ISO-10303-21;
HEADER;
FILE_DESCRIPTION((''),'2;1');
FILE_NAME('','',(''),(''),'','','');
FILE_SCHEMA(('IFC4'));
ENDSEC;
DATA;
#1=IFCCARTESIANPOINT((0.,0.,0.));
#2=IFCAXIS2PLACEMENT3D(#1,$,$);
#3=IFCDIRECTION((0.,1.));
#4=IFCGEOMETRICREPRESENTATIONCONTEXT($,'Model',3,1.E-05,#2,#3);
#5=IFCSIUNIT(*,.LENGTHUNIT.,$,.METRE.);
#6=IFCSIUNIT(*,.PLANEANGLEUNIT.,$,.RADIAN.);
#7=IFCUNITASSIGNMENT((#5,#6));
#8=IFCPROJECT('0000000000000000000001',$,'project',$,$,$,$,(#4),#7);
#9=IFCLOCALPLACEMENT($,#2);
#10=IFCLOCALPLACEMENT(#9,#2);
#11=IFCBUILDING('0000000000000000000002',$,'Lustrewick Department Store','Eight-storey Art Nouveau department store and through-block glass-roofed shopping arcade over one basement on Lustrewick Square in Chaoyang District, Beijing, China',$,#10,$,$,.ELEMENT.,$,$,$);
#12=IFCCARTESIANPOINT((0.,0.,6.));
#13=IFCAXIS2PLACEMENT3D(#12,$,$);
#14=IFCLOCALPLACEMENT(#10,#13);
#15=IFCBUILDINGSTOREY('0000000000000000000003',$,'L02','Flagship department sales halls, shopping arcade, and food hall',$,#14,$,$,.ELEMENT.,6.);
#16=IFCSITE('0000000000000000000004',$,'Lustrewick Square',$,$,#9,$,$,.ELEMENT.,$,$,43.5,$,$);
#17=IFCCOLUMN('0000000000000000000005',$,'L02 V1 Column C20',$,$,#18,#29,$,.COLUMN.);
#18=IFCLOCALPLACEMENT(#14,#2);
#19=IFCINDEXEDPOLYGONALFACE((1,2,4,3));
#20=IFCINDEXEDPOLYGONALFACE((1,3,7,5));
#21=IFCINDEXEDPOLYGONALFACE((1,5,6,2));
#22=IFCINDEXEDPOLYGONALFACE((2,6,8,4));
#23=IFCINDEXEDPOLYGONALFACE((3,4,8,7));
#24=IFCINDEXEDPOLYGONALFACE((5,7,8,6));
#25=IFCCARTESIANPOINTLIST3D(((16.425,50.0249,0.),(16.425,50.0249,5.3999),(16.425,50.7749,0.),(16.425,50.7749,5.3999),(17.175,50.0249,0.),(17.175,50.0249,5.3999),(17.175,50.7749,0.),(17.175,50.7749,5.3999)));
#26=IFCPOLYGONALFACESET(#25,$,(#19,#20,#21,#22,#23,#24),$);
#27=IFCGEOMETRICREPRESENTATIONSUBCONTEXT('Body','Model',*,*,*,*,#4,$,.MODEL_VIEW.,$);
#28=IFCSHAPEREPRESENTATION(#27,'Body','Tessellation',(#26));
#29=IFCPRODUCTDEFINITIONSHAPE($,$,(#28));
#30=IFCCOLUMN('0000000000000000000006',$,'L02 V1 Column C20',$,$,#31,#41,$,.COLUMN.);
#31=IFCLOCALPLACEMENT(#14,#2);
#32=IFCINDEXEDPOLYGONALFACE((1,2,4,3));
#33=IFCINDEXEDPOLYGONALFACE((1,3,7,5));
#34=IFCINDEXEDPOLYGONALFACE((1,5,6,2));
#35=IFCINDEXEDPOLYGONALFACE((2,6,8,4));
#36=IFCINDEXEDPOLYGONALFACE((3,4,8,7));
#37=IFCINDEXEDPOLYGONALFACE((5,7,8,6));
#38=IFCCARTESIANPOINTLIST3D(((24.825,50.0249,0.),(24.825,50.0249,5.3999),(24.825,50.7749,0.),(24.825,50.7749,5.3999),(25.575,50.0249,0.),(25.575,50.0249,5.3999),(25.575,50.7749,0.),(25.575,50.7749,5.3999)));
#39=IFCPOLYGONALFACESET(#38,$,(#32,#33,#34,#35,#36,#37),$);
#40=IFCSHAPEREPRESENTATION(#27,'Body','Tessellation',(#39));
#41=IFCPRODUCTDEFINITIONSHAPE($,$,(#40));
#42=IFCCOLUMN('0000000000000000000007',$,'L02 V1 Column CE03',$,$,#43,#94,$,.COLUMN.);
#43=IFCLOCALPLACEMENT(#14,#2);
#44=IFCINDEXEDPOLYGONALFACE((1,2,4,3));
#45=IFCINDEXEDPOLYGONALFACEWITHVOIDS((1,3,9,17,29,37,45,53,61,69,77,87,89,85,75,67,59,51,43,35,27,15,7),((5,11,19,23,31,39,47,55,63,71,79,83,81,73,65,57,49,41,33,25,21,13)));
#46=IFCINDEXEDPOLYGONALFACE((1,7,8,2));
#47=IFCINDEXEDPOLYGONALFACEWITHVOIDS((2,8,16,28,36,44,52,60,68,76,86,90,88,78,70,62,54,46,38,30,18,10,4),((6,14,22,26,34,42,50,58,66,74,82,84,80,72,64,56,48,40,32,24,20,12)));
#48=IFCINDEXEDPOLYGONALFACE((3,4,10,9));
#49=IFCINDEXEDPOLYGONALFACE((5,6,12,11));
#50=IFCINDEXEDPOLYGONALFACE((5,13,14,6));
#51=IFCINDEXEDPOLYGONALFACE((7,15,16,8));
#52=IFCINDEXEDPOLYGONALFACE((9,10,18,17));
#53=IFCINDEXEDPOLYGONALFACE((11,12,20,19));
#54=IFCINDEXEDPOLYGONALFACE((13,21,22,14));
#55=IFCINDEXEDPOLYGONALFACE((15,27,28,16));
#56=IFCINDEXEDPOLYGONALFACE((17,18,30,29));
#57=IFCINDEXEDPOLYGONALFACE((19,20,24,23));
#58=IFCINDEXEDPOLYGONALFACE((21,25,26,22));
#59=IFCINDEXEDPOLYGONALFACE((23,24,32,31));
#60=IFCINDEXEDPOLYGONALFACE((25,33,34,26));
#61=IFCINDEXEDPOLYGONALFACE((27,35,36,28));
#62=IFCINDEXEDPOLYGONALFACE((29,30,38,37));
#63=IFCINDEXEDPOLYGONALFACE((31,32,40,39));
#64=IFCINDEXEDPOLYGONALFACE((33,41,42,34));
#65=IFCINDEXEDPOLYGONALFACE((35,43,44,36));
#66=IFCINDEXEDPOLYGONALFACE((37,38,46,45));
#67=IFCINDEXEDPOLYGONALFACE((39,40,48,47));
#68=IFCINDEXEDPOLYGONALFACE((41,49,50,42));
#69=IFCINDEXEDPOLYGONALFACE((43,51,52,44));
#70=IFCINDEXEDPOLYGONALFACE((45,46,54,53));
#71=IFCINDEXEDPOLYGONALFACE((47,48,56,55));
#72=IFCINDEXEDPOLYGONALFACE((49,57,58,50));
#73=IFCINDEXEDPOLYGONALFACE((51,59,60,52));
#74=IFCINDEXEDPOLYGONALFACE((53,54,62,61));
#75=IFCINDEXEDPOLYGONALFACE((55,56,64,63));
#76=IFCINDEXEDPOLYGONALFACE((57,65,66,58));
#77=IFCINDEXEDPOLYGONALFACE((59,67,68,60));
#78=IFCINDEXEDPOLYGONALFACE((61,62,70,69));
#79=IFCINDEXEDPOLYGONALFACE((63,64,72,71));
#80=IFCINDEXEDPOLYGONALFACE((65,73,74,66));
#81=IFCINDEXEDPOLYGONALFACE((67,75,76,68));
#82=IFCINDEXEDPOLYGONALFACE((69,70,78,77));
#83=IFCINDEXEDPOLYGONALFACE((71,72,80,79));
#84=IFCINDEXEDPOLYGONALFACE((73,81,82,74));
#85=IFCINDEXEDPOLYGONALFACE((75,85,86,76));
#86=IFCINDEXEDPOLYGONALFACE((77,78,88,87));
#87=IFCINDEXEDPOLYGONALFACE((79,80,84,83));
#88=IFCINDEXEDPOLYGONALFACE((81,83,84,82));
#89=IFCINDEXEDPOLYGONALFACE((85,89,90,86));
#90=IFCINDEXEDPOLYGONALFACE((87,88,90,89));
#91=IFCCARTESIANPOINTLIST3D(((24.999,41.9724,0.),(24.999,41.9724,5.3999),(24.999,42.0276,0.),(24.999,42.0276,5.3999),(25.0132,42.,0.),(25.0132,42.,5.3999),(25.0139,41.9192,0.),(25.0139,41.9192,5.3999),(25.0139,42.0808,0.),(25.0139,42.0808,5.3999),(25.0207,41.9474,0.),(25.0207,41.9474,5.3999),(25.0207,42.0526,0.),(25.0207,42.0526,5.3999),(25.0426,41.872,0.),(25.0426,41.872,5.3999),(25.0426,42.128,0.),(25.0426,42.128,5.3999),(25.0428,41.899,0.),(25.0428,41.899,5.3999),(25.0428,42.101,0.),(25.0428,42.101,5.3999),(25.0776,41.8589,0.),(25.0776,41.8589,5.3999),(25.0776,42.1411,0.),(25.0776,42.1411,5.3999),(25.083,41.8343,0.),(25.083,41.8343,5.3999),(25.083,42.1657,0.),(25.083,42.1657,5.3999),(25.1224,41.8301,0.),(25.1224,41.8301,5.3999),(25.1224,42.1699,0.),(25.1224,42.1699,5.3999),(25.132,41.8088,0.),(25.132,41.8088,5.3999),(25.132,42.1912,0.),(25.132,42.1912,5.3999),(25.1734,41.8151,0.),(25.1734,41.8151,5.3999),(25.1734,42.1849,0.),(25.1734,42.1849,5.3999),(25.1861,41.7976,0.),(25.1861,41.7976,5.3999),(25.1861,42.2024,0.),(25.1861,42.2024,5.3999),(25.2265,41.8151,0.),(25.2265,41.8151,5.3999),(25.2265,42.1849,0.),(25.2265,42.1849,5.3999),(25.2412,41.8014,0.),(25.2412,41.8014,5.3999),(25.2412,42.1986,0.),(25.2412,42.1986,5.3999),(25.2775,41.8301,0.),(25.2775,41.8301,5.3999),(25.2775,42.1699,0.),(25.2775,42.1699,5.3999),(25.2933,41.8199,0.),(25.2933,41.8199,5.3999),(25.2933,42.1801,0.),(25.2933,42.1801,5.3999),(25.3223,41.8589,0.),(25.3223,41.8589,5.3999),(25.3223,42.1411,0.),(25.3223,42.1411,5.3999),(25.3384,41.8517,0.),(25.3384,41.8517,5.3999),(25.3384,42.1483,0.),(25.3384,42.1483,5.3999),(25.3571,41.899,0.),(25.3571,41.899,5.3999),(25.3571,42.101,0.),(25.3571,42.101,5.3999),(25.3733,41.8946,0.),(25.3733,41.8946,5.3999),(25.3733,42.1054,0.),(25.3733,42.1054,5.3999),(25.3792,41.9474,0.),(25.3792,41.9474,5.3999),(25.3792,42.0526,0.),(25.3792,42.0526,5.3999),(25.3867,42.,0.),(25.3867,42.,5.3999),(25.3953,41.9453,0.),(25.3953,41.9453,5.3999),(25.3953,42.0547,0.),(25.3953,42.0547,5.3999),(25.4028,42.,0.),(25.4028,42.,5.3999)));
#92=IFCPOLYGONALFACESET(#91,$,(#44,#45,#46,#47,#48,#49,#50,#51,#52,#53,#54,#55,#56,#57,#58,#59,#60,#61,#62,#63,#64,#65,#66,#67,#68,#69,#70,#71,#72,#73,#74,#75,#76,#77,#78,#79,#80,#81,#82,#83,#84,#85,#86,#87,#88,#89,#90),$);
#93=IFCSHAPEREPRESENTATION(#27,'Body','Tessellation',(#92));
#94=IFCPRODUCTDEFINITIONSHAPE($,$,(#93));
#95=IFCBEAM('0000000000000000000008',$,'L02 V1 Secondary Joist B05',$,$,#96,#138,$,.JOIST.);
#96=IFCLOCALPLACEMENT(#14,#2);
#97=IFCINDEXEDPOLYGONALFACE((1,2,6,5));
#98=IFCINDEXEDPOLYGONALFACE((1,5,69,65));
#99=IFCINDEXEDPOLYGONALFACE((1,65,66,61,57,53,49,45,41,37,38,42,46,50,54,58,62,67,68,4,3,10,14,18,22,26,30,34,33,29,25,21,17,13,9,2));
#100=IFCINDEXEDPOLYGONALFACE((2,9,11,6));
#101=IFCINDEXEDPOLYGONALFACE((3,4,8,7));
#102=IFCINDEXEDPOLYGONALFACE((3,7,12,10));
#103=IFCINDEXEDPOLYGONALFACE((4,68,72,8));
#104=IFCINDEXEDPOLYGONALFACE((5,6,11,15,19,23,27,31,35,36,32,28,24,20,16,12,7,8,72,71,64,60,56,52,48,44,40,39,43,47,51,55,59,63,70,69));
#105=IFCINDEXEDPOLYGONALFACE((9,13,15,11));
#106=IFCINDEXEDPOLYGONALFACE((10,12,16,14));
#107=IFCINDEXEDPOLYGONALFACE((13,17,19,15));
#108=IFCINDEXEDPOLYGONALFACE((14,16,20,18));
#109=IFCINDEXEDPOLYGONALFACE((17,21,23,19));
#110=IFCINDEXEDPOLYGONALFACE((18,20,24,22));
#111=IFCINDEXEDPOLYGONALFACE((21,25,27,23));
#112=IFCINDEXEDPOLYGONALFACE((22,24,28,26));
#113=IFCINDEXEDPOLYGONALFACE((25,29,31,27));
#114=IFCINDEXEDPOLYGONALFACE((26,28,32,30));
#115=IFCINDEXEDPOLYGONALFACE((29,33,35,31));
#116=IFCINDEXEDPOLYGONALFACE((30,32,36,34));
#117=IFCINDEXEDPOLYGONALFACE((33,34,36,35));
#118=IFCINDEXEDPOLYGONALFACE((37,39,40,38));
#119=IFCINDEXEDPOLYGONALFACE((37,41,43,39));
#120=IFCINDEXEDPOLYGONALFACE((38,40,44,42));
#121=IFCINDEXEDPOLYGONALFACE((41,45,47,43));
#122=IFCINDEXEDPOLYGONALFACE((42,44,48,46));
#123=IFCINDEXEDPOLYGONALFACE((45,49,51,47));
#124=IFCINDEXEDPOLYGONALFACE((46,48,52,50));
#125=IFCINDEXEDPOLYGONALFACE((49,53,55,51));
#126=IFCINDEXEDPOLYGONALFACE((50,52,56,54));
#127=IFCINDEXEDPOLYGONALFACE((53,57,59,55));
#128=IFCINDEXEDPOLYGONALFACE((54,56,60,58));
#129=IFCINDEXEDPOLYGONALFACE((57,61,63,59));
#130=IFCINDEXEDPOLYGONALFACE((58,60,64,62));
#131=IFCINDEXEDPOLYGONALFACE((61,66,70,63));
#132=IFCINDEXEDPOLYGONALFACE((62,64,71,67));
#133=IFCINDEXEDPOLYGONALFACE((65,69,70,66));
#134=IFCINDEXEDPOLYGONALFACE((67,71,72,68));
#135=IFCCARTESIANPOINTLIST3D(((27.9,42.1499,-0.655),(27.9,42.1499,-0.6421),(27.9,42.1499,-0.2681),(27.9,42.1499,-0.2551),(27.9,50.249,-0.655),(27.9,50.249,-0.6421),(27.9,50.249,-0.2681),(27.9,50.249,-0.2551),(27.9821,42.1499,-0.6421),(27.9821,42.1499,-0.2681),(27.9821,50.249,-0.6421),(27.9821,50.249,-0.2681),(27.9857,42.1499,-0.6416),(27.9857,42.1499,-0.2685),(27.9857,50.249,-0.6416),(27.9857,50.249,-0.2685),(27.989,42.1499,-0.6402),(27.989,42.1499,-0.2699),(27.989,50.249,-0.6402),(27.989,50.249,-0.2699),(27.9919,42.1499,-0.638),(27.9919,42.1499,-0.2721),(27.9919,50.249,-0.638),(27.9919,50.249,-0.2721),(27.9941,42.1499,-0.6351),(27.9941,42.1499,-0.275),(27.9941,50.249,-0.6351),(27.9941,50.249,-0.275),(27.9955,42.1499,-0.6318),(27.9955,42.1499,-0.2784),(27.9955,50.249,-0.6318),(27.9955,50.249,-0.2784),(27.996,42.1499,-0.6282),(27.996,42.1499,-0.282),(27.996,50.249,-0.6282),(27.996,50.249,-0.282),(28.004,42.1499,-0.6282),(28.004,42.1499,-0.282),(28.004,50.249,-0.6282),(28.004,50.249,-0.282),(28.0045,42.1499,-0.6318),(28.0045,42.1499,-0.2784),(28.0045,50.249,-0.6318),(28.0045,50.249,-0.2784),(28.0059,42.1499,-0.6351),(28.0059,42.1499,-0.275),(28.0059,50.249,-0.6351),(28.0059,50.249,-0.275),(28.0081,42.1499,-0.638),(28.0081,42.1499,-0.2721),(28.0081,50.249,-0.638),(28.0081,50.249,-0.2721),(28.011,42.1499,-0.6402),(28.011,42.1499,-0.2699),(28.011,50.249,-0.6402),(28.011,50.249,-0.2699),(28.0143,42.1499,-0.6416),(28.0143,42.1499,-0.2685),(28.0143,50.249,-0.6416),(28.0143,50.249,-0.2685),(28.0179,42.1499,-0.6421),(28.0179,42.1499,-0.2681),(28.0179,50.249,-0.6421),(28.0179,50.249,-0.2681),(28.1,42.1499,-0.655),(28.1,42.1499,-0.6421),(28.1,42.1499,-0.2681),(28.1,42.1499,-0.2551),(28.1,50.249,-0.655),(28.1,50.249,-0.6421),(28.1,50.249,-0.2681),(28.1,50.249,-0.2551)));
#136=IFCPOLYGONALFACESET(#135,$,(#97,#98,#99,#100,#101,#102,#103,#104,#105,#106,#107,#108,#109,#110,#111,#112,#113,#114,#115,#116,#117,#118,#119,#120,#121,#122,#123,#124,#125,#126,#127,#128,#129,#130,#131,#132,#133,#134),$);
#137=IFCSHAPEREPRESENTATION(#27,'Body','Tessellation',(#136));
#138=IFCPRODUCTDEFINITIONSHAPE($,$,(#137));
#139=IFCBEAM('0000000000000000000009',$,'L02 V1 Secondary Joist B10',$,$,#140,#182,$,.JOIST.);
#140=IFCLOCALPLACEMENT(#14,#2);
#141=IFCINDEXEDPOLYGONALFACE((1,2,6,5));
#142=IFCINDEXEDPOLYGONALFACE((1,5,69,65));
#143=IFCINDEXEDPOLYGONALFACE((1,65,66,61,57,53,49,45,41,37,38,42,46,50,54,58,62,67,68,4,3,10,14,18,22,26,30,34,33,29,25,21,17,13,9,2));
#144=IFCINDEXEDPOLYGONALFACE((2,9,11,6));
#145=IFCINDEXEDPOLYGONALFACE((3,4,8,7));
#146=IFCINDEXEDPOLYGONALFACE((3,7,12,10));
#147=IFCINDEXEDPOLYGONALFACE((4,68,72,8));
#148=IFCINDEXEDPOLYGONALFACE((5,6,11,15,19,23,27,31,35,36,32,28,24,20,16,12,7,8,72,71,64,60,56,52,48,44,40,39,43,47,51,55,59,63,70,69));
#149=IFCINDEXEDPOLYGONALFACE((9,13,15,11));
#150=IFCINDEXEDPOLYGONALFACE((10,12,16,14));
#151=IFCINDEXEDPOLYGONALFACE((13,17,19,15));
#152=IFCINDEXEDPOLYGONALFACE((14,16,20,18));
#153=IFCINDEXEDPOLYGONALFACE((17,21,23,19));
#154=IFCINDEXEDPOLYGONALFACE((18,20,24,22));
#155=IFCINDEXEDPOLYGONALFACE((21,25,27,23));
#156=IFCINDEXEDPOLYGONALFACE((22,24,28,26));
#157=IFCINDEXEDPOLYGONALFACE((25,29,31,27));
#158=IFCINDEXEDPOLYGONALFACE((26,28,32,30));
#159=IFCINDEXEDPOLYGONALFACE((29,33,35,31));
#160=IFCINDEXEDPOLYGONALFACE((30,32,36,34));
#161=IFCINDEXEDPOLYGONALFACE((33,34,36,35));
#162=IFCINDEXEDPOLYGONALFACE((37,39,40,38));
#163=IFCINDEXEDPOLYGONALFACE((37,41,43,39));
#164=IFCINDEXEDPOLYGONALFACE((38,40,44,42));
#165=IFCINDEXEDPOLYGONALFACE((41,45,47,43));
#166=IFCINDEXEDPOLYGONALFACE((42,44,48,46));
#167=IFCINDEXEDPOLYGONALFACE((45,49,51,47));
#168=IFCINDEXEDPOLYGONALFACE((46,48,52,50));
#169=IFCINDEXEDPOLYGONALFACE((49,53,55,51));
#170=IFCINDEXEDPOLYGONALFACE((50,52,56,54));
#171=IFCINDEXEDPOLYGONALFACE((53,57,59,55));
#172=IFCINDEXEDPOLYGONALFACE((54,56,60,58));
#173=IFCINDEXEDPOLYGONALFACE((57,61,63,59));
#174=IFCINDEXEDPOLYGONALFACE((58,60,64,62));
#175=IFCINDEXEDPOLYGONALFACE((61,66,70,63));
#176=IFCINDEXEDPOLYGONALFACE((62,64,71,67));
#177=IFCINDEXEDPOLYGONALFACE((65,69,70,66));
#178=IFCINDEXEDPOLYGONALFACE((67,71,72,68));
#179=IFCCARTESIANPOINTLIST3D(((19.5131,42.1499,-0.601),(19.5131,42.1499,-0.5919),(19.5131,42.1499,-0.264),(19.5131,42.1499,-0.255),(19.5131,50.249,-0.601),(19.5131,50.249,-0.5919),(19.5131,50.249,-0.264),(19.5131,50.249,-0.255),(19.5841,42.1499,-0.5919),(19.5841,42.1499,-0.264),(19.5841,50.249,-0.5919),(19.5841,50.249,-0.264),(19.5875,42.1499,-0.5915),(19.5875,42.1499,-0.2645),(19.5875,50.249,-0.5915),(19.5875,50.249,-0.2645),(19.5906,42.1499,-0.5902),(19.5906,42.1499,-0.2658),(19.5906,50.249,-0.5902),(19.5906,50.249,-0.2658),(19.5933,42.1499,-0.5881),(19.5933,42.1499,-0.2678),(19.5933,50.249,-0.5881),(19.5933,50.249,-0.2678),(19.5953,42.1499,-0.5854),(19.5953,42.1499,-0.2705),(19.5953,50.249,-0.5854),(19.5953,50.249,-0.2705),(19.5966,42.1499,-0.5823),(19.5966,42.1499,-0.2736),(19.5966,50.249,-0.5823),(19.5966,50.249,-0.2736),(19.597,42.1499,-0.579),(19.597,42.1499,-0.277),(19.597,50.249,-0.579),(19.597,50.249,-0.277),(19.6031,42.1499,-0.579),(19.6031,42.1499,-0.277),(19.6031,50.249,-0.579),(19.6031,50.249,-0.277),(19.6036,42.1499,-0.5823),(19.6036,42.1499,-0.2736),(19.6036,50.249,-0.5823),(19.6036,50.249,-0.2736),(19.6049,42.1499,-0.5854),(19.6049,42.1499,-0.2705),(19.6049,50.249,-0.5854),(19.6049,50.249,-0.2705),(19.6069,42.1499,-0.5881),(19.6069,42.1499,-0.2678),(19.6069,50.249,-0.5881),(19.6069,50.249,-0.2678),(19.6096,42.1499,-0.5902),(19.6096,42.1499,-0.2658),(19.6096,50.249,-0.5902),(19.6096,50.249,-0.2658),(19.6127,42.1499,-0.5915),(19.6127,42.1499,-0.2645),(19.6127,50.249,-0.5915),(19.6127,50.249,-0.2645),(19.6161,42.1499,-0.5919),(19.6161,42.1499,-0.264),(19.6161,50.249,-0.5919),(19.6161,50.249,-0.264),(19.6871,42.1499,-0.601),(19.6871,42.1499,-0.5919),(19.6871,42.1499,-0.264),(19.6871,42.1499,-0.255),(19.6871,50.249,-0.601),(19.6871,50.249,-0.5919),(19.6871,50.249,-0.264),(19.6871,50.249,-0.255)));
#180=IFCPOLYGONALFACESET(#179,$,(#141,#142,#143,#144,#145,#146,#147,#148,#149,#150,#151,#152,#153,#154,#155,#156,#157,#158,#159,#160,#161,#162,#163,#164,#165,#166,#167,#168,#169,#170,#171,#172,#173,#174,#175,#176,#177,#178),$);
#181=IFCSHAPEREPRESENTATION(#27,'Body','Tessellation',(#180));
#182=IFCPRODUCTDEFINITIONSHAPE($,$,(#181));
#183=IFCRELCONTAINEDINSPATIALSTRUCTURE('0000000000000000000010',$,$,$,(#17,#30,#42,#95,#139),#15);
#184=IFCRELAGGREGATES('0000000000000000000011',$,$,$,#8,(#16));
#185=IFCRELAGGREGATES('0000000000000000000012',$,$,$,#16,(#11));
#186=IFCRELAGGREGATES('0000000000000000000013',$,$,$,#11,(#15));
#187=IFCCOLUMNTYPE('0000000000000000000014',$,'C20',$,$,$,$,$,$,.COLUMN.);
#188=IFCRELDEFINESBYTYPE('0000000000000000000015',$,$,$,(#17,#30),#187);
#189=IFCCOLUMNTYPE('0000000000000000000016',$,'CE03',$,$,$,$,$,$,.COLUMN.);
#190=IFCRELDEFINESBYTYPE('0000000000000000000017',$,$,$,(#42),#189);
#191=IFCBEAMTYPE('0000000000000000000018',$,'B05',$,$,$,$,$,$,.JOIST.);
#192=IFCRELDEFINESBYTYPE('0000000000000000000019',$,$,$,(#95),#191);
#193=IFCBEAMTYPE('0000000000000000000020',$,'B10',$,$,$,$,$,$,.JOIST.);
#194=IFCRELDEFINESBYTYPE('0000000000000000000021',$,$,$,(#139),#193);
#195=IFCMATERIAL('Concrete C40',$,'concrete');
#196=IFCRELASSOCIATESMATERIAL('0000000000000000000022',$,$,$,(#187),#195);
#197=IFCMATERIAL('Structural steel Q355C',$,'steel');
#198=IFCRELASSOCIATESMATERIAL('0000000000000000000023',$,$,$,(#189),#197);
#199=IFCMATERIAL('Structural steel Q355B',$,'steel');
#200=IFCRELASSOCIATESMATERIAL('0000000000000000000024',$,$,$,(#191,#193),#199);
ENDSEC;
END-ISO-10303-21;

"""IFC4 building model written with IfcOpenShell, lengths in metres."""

from ifc_helpers import new_model, si_unit, direction, frame, origin, origin_2d, place, context, subcontext, project, spatial, rectangle, hollow_circle, i_section, extrude, material, material_profile, profile_set, type_object, element, save


model = new_model("IFC4")

# Units and contexts
model_context = context("Model", 3, precision=1e-05, world=origin(), true_north=direction((0.0, 1.0)))
body_context = subcontext(model_context, "Body", "Model", "MODEL_VIEW")
ifc_project = project(units=[si_unit("LENGTHUNIT", "METRE"), si_unit("PLANEANGLEUNIT", "RADIAN")], contexts=[model_context])

# Site, building, storey
site_placement = place(None, origin())
site = spatial("IfcSite", under=ifc_project, at=site_placement, Name="Lustrewick Square", CompositionType="ELEMENT", RefElevation=43.5)
building_placement = place(site_placement, origin())
building = spatial("IfcBuilding", under=site, at=building_placement, Name="Lustrewick Department Store", Description="Eight-storey Art Nouveau department store and through-block glass-roofed shopping arcade over one basement on Lustrewick Square in Chaoyang District, Beijing, China", CompositionType="ELEMENT")
storey_placement = place(building_placement, frame((0.0, 0.0, 6.0)))
storey = spatial("IfcBuildingStorey", under=building, at=storey_placement, Name="L02", Description="Flagship department sales halls, shopping arcade, and food hall", CompositionType="ELEMENT", Elevation=6.0)

# Columns
ifc_material_1 = material(Name="Concrete C40", Category="concrete")
ifc_material_profile_1 = material_profile(ifc_material_1, rectangle(XDim=0.75, YDim=0.75, at=origin_2d()), Name="RC 750x750")
ifc_profile_set_1 = profile_set([ifc_material_profile_1], Name="Concrete C40")
column_type_1 = type_object("IfcColumnType", Name="C20", PredefinedType="COLUMN", material=ifc_profile_set_1)
for number, where, z_axis, x_axis, name in (
    (1, (16.8, 50.3999, 0.0), (0.0, 0.0, 1.0), (1.0, 0.0, 0.0), "L02 V1 Column C20"),
    (2, (25.2, 50.3999, 0.0), (0.0, 0.0, 1.0), (1.0, 0.0, 0.0), "L02 V1 Column C20"),
):
    element("IfcColumn", number, at=place(storey_placement, frame(where, z_axis=z_axis, x_axis=x_axis)), inside=storey, type_object=column_type_1, Name=name, PredefinedType="COLUMN", context=body_context, shape_type="SweptSolid", body=[
        extrude(rectangle(XDim=0.75, YDim=0.75, at=origin_2d()), origin(), (0.0, 0.0, 1.0), 5.3999),
    ])
ifc_material_2 = material(Name="Structural steel Q355C", Category="steel")
ifc_material_profile_2 = material_profile(ifc_material_2, hollow_circle(Radius=0.2029, WallThickness=0.0161, at=origin_2d()), Name="CHS 406x16")
ifc_profile_set_2 = profile_set([ifc_material_profile_2], Name="Structural steel Q355C")
column_type_2 = type_object("IfcColumnType", Name="CE03", PredefinedType="COLUMN", material=ifc_profile_set_2)
column_placement = place(storey_placement, frame((25.2, 42.0, 0.0), z_axis=(0.0, 0.0, 1.0), x_axis=(1.0, 0.0, 0.0)))
element("IfcColumn", 3, at=column_placement, inside=storey, type_object=column_type_2, Name="L02 V1 Column CE03", PredefinedType="COLUMN", context=body_context, shape_type="SweptSolid", body=[
    extrude(hollow_circle(Radius=0.2029, WallThickness=0.0161, at=origin_2d()), origin(), (0.0, 0.0, 1.0), 5.3999),
])

# Beams
ifc_material_3 = material(Name="Structural steel Q355B", Category="steel")
ifc_material_profile_3 = material_profile(ifc_material_3, i_section(OverallWidth=0.2, OverallDepth=0.3999, WebThickness=0.0081, FlangeThickness=0.0129, FilletRadius=0.0139, at=origin_2d()), Name="HN 400x200x8x13")
ifc_profile_set_3 = profile_set([ifc_material_profile_3], Name="Structural steel Q355B")
beam_type_1 = type_object("IfcBeamType", Name="B05", PredefinedType="JOIST", material=ifc_profile_set_3)
beam_1_placement = place(storey_placement, frame((28.0, 42.1499, -0.4551), z_axis=(0.0, 1.0, 0.0), x_axis=(-1.0, 0.0, 0.0)))
element("IfcBeam", 4, at=beam_1_placement, inside=storey, type_object=beam_type_1, Name="L02 V1 Secondary Joist B05", PredefinedType="JOIST", context=body_context, shape_type="SweptSolid", body=[
    extrude(i_section(OverallWidth=0.2, OverallDepth=0.3999, WebThickness=0.0081, FlangeThickness=0.0129, FilletRadius=0.0139, at=origin_2d()), origin(), (0.0, 0.0, 1.0), 8.0991),
])
ifc_material_profile_4 = material_profile(ifc_material_3, i_section(OverallWidth=0.1741, OverallDepth=0.3459, WebThickness=0.0061, FlangeThickness=0.009, FilletRadius=0.0129, at=origin_2d()), Name="HN 346x174x6x9")
ifc_profile_set_4 = profile_set([ifc_material_profile_4], Name="Structural steel Q355B")
beam_type_2 = type_object("IfcBeamType", Name="B10", PredefinedType="JOIST", material=ifc_profile_set_4)
beam_2_placement = place(storey_placement, frame((19.6001, 42.1499, -0.428), z_axis=(0.0, 1.0, 0.0), x_axis=(-1.0, 0.0, 0.0)))
element("IfcBeam", 5, at=beam_2_placement, inside=storey, type_object=beam_type_2, Name="L02 V1 Secondary Joist B10", PredefinedType="JOIST", context=body_context, shape_type="SweptSolid", body=[
    extrude(i_section(OverallWidth=0.1741, OverallDepth=0.3459, WebThickness=0.0061, FlangeThickness=0.009, FilletRadius=0.0129, at=origin_2d()), origin(), (0.0, 0.0, 1.0), 8.0991),
])

save(model, "model.ifc")
